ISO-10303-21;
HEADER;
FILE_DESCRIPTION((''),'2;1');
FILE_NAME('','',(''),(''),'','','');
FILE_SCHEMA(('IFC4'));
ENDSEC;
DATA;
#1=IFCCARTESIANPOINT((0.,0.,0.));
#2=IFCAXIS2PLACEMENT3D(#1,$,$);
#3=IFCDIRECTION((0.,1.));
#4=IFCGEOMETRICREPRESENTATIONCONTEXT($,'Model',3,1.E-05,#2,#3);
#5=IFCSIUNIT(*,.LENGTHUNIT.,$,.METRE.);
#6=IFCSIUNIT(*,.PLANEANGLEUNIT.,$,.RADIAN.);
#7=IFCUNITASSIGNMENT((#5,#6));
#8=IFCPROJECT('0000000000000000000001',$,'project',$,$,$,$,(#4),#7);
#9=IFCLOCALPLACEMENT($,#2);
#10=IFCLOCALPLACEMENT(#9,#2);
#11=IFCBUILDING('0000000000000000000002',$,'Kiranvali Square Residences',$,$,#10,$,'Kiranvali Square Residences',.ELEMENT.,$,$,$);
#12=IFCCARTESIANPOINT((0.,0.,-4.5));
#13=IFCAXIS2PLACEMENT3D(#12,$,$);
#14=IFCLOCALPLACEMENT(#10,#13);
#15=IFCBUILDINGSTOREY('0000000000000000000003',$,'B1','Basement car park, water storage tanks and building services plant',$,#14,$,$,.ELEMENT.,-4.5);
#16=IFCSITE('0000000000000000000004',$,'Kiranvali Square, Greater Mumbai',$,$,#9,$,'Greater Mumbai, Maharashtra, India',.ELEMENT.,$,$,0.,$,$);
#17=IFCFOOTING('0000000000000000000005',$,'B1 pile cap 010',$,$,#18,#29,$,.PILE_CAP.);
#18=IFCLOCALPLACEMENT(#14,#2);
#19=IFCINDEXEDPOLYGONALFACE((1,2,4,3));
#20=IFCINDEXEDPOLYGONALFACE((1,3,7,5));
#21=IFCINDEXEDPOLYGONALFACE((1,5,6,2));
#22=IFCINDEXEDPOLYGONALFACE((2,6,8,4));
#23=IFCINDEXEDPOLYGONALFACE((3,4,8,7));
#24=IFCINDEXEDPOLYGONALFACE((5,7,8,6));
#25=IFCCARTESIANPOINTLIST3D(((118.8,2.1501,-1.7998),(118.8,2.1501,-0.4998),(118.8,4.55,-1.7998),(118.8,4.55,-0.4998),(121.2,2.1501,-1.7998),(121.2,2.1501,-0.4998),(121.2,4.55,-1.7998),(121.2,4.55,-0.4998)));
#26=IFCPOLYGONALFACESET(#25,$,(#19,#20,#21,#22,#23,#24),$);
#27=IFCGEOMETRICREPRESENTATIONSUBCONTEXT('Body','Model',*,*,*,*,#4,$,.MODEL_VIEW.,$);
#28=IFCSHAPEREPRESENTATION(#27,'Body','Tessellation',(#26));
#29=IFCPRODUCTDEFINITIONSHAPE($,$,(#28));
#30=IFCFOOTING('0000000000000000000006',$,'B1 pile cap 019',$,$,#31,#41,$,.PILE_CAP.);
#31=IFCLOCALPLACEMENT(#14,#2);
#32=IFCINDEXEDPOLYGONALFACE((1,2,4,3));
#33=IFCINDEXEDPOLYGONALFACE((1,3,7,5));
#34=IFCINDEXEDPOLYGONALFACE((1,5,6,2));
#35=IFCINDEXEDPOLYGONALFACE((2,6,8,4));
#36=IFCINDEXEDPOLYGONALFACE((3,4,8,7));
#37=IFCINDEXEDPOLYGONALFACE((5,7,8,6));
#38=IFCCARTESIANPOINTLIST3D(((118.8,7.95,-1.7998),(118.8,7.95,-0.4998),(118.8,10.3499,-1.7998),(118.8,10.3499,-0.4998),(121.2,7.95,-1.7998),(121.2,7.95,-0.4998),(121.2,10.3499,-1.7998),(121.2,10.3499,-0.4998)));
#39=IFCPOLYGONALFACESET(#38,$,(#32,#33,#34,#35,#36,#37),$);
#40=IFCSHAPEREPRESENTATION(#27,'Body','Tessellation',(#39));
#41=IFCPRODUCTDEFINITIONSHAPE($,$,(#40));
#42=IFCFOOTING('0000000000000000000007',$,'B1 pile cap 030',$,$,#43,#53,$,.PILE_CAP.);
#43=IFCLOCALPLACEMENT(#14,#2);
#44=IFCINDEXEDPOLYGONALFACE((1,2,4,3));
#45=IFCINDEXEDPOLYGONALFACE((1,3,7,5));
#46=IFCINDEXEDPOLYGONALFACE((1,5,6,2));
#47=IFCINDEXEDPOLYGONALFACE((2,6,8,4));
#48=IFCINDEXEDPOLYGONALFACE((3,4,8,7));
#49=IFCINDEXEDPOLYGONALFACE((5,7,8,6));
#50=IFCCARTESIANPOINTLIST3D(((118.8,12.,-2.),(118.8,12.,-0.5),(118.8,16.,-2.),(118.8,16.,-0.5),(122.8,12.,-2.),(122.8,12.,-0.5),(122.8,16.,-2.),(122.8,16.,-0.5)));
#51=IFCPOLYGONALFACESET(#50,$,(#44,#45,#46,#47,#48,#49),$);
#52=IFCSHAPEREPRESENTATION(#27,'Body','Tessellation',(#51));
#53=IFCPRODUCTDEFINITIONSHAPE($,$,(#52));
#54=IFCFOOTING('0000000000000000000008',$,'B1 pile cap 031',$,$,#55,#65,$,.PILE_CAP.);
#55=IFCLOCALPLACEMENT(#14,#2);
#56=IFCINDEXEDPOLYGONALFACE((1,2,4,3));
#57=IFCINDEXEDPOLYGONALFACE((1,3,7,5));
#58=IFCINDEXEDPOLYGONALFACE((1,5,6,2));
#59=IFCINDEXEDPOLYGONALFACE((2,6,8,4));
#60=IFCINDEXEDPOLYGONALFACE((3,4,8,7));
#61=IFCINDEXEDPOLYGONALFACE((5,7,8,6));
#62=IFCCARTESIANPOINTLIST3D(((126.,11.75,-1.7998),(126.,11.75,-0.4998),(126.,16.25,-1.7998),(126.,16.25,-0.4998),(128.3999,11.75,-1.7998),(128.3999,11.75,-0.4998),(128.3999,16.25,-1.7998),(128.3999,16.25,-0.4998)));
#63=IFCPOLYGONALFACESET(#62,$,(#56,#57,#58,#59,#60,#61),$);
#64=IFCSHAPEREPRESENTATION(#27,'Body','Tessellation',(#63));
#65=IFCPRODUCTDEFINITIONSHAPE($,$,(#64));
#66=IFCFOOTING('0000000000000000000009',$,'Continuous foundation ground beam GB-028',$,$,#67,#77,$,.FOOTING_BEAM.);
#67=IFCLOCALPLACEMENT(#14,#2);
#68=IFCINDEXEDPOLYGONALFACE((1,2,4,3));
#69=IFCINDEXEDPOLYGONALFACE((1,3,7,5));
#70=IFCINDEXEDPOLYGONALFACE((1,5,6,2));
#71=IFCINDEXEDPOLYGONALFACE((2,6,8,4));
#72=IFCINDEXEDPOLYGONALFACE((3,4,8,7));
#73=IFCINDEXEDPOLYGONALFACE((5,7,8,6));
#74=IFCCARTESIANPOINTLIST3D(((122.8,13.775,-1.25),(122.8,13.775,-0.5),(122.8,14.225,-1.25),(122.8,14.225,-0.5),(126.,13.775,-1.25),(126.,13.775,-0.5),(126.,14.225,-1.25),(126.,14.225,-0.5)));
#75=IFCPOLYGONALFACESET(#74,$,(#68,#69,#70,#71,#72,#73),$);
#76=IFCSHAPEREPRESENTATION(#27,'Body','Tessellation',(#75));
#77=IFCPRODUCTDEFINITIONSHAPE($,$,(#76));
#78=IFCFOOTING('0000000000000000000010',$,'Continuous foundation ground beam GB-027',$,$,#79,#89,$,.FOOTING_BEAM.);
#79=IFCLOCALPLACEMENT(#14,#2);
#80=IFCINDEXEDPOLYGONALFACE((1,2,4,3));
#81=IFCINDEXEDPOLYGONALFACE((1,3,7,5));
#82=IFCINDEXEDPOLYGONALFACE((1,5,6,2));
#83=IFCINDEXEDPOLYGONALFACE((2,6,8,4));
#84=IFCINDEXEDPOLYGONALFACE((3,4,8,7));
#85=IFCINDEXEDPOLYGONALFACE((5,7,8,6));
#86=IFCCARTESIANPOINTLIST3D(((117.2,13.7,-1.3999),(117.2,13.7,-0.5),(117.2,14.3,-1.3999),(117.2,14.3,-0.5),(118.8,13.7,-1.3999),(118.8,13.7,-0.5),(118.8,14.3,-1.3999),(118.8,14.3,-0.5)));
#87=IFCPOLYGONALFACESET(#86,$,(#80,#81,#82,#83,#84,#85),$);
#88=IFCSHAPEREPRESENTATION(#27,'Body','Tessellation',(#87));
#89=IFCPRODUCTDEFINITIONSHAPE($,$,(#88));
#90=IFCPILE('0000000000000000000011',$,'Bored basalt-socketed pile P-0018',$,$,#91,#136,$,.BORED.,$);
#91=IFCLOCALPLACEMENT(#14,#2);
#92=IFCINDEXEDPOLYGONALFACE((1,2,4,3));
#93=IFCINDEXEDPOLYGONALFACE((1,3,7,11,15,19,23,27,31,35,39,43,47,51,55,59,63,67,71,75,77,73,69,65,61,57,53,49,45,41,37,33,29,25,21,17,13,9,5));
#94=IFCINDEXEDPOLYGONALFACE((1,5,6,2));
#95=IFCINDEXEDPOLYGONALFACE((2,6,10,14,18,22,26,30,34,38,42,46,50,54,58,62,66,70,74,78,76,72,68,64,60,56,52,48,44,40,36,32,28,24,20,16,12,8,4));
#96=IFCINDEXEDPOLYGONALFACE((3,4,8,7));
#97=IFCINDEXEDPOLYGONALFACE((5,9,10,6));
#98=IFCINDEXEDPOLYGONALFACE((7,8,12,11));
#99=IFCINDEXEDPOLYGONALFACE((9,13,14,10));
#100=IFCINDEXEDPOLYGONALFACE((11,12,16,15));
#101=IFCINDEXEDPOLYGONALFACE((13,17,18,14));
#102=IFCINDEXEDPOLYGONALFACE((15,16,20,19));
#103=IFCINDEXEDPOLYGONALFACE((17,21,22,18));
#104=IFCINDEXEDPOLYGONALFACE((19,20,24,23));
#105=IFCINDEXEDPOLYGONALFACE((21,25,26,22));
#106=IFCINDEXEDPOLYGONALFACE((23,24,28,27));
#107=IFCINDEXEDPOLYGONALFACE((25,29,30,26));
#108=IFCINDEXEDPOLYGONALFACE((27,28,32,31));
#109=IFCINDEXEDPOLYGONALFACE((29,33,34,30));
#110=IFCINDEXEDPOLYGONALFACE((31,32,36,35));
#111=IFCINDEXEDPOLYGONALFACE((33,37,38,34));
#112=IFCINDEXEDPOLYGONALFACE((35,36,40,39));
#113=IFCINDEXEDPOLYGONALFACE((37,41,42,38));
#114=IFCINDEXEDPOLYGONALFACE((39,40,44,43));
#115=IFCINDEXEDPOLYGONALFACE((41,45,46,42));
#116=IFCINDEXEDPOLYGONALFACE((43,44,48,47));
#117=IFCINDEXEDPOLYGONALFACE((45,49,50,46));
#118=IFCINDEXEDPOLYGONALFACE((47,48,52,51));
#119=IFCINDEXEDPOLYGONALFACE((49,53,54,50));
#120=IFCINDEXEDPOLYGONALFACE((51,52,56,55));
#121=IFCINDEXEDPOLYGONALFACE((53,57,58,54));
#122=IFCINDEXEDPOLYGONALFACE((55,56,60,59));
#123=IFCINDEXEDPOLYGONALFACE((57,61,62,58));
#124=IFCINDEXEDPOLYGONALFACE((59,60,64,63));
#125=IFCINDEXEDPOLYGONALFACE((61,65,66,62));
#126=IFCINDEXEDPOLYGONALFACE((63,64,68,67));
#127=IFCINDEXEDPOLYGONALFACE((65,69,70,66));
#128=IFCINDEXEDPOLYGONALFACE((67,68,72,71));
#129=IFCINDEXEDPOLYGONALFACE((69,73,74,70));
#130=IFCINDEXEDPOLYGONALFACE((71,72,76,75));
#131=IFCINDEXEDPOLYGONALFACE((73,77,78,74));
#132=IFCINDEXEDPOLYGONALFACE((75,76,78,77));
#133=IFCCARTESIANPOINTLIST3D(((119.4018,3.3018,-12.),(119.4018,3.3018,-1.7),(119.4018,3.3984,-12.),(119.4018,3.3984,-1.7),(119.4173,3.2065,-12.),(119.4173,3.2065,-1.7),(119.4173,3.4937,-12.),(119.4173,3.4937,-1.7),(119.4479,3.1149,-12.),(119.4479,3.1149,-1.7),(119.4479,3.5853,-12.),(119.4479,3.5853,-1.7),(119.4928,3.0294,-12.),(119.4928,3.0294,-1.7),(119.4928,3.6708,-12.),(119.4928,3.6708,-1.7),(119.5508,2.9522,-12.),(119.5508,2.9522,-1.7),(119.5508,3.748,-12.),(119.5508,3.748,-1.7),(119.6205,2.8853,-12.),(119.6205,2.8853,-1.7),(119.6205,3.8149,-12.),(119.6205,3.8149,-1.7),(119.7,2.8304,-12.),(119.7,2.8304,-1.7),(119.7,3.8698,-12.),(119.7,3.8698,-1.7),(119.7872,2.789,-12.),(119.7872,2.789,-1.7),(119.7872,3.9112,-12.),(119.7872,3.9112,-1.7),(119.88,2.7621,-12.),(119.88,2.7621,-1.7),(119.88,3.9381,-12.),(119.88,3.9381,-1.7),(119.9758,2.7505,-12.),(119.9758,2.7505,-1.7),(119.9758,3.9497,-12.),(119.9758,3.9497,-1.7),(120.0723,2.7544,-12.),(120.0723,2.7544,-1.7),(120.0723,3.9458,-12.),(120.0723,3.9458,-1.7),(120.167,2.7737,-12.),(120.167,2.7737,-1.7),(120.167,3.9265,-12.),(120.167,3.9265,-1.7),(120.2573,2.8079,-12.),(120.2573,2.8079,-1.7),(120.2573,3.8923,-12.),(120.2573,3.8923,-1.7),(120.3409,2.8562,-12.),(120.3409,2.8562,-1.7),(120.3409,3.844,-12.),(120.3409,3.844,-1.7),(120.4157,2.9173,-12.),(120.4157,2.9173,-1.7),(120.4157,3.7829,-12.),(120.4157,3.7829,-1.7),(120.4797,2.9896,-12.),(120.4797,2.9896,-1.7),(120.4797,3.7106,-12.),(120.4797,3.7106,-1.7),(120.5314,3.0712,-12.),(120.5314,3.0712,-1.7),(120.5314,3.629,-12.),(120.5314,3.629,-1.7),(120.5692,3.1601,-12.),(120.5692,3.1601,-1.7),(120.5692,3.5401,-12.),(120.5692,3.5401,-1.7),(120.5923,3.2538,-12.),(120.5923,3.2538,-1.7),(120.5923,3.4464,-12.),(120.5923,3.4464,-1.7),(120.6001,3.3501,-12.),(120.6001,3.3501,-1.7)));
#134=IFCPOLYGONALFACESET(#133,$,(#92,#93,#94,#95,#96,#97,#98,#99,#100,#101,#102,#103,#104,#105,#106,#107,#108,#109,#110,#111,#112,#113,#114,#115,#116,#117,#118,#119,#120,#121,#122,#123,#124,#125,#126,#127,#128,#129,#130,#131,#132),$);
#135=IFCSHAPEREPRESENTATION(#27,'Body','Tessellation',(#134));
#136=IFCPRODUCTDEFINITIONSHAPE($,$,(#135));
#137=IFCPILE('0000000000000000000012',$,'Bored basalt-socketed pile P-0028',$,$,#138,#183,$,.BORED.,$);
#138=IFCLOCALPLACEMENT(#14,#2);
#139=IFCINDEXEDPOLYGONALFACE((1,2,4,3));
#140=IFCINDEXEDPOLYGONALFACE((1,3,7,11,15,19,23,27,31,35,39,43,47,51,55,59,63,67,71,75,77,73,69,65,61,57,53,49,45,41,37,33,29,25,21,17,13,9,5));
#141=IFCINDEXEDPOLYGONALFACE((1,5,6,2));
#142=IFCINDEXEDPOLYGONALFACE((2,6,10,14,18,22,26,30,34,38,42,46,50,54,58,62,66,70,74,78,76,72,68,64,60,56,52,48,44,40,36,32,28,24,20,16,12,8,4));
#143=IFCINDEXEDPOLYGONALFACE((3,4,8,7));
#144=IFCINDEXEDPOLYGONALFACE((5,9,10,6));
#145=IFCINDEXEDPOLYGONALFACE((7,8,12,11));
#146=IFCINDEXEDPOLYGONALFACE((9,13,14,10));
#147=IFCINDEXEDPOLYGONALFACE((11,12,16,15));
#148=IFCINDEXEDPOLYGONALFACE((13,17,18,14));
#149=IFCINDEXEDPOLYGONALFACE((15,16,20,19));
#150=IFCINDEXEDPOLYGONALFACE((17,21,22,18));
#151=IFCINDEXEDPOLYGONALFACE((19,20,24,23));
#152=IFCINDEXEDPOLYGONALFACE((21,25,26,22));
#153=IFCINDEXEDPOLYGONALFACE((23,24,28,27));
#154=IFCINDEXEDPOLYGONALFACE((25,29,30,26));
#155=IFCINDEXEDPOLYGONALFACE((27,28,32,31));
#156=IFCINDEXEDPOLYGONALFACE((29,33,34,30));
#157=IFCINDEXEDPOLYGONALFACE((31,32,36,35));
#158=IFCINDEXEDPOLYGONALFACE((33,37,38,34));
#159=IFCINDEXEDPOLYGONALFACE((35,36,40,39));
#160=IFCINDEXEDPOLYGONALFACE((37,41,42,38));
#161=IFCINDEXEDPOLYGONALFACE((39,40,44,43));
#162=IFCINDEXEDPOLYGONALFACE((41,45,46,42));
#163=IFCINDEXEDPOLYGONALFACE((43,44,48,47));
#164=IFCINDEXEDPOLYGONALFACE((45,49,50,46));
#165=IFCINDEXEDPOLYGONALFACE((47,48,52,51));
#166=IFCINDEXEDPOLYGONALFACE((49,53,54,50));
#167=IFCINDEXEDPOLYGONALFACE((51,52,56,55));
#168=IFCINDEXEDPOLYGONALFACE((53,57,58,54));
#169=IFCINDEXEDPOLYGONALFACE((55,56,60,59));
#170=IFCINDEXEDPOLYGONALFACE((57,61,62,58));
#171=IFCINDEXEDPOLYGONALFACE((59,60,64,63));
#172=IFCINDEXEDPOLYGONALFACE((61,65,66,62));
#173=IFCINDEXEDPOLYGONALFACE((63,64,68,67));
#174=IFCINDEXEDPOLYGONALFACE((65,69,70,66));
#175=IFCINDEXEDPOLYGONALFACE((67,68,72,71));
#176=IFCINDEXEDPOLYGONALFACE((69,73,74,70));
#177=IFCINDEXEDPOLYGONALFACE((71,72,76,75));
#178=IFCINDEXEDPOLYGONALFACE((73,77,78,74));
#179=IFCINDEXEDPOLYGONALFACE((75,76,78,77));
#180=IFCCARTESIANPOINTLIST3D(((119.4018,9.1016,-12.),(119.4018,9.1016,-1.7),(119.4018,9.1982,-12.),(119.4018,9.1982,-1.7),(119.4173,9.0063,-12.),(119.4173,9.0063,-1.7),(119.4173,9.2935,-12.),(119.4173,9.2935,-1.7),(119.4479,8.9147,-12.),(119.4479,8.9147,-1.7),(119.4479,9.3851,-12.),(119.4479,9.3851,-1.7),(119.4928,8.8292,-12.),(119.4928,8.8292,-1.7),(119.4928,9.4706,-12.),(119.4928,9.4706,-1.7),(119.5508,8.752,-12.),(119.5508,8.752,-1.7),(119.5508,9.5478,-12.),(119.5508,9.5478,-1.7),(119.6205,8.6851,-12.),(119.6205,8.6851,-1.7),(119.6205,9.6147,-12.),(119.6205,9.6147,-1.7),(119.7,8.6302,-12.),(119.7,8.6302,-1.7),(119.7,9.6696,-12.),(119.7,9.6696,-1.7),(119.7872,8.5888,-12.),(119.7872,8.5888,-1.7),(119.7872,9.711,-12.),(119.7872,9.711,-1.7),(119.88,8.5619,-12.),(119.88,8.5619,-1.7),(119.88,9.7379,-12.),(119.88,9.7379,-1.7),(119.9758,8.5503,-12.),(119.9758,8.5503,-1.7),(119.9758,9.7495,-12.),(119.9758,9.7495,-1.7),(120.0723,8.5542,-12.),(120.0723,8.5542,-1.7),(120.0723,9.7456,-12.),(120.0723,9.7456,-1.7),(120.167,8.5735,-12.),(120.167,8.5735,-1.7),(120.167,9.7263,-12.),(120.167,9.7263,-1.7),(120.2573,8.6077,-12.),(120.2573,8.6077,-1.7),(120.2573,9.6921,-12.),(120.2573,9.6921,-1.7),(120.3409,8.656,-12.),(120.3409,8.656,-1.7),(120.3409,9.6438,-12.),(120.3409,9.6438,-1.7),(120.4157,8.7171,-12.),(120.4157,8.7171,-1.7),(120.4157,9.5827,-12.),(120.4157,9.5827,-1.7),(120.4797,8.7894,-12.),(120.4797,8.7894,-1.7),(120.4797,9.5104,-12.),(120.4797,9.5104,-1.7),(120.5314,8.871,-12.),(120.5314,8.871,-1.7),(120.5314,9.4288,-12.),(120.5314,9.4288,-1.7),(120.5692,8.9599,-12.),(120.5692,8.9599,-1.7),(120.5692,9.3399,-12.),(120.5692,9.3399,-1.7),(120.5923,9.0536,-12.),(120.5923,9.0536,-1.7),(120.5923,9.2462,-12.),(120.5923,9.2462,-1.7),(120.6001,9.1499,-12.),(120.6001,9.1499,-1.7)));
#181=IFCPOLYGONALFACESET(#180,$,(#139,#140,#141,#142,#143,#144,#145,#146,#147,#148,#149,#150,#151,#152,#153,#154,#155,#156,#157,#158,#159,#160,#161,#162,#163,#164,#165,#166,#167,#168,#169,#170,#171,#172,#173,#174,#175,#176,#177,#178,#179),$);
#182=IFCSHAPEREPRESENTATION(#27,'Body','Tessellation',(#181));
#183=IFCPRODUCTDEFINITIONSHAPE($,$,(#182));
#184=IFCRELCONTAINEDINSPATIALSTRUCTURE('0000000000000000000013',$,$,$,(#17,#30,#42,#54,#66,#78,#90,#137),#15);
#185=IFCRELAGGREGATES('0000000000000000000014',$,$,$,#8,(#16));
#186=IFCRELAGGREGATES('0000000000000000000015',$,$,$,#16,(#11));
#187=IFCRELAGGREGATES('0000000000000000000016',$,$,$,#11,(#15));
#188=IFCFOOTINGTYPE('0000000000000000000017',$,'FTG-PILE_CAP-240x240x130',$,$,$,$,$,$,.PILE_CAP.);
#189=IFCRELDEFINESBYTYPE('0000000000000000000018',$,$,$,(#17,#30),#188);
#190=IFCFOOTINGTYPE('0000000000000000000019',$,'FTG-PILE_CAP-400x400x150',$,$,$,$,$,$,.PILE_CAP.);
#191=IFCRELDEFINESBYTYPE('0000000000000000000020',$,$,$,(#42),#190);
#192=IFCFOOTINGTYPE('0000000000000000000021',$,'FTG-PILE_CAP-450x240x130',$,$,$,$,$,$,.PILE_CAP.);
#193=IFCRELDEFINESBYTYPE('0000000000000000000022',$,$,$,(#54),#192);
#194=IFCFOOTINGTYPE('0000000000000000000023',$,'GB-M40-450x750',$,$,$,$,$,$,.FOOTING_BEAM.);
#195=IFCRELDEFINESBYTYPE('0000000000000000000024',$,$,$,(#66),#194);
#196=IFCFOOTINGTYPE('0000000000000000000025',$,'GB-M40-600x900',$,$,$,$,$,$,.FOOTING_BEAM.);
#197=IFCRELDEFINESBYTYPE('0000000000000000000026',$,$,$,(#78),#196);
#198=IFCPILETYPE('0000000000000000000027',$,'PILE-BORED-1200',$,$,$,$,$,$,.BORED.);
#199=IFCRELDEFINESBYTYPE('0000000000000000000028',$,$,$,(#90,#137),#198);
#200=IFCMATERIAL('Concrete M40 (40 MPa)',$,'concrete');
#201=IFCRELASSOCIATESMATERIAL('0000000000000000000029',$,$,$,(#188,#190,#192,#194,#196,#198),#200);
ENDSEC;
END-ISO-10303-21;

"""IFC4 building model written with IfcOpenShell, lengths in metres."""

from ifc_helpers import new_model, si_unit, direction, frame, origin, origin_2d, place, context, subcontext, project, spatial, rectangle, circle, extrude, material, material_profile, profile_set, type_object, element, save


model = new_model("IFC4")

# Units and contexts
model_context = context("Model", 3, precision=1e-05, world=origin(), true_north=direction((0.0, 1.0)))
body_context = subcontext(model_context, "Body", "Model", "MODEL_VIEW")
ifc_project = project(units=[si_unit("LENGTHUNIT", "METRE"), si_unit("PLANEANGLEUNIT", "RADIAN")], contexts=[model_context])

# Site, building, storey
site_placement = place(None, origin())
site = spatial("IfcSite", under=ifc_project, at=site_placement, Name="Kiranvali Square, Greater Mumbai", LongName="Greater Mumbai, Maharashtra, India", CompositionType="ELEMENT", RefElevation=0.0)
building_placement = place(site_placement, origin())
building = spatial("IfcBuilding", under=site, at=building_placement, Name="Kiranvali Square Residences", LongName="Kiranvali Square Residences", CompositionType="ELEMENT")
storey_placement = place(building_placement, frame((0.0, 0.0, -4.5)))
storey = spatial("IfcBuildingStorey", under=building, at=storey_placement, Name="B1", Description="Basement car park, water storage tanks and building services plant", CompositionType="ELEMENT", Elevation=-4.5)

# Footings
ifc_material_1 = material(Name="Concrete M40 (40 MPa)", Category="concrete")
footing_type_1 = type_object("IfcFootingType", Name="FTG-PILE_CAP-240x240x130", PredefinedType="PILE_CAP", material=ifc_material_1)
for number, where, z_axis, x_axis, name in (
    (1, (120.0, 3.3501, -1.7998), (0.0, 0.0, 1.0), (1.0, 0.0, 0.0), "B1 pile cap 010"),
    (2, (120.0, 9.1499, -1.7998), (0.0, 0.0, 1.0), (1.0, 0.0, 0.0), "B1 pile cap 019"),
):
    element("IfcFooting", number, at=place(storey_placement, frame(where, z_axis=z_axis, x_axis=x_axis)), inside=storey, type_object=footing_type_1, Name=name, PredefinedType="PILE_CAP", context=body_context, shape_type="SweptSolid", body=[
        extrude(rectangle(XDim=2.3999, YDim=2.3999, at=origin_2d()), origin(), (0.0, 0.0, 1.0), 1.3),
    ])
footing_type_2 = type_object("IfcFootingType", Name="FTG-PILE_CAP-400x400x150", PredefinedType="PILE_CAP", material=ifc_material_1)
footing_1_placement = place(storey_placement, frame((120.8, 14.0, -2.0), z_axis=(0.0, 0.0, 1.0), x_axis=(1.0, 0.0, 0.0)))
element("IfcFooting", 3, at=footing_1_placement, inside=storey, type_object=footing_type_2, Name="B1 pile cap 030", PredefinedType="PILE_CAP", context=body_context, shape_type="SweptSolid", body=[
    extrude(rectangle(XDim=4.0, YDim=4.0, at=origin_2d()), origin(), (0.0, 0.0, 1.0), 1.5),
])
footing_type_3 = type_object("IfcFootingType", Name="FTG-PILE_CAP-450x240x130", PredefinedType="PILE_CAP", material=ifc_material_1)
footing_2_placement = place(storey_placement, frame((127.2, 14.0, -1.7998), z_axis=(0.0, 0.0, 1.0), x_axis=(0.0, 1.0, 0.0)))
element("IfcFooting", 4, at=footing_2_placement, inside=storey, type_object=footing_type_3, Name="B1 pile cap 031", PredefinedType="PILE_CAP", context=body_context, shape_type="SweptSolid", body=[
    extrude(rectangle(XDim=4.5, YDim=2.3999, at=origin_2d()), origin(), (0.0, 0.0, 1.0), 1.3),
])
ifc_material_profile_1 = material_profile(ifc_material_1, rectangle(XDim=0.45, YDim=0.75, at=origin_2d()), Name="GB 450x750")
ifc_profile_set_1 = profile_set([ifc_material_profile_1], Name="Concrete M40 (40 MPa)")
footing_type_4 = type_object("IfcFootingType", Name="GB-M40-450x750", PredefinedType="FOOTING_BEAM", material=ifc_profile_set_1)
footing_3_placement = place(storey_placement, frame((122.8, 14.0, -0.875), z_axis=(1.0, 0.0, 0.0), x_axis=(0.0, 1.0, 0.0)))
element("IfcFooting", 5, at=footing_3_placement, inside=storey, type_object=footing_type_4, Name="Continuous foundation ground beam GB-028", PredefinedType="FOOTING_BEAM", context=body_context, shape_type="SweptSolid", body=[
    extrude(rectangle(XDim=0.45, YDim=0.75, at=origin_2d()), origin(), (0.0, 0.0, 1.0), 3.2),
])
ifc_material_profile_2 = material_profile(ifc_material_1, rectangle(XDim=0.6001, YDim=0.8999, at=origin_2d()), Name="GB 600x900")
ifc_profile_set_2 = profile_set([ifc_material_profile_2], Name="Concrete M40 (40 MPa)")
footing_type_5 = type_object("IfcFootingType", Name="GB-M40-600x900", PredefinedType="FOOTING_BEAM", material=ifc_profile_set_2)
footing_4_placement = place(storey_placement, frame((117.2, 14.0, -0.95), z_axis=(1.0, 0.0, 0.0), x_axis=(0.0, 1.0, 0.0)))
element("IfcFooting", 6, at=footing_4_placement, inside=storey, type_object=footing_type_5, Name="Continuous foundation ground beam GB-027", PredefinedType="FOOTING_BEAM", context=body_context, shape_type="SweptSolid", body=[
    extrude(rectangle(XDim=0.6001, YDim=0.8999, at=origin_2d()), origin(), (0.0, 0.0, 1.0), 1.6001),
])

# Piles
ifc_material_profile_3 = material_profile(ifc_material_1, circle(Radius=0.6001, at=origin_2d()), Name="BORED PILE 1200")
ifc_profile_set_3 = profile_set([ifc_material_profile_3], Name="Concrete M40 (40 MPa)")
pile_type_1 = type_object("IfcPileType", Name="PILE-BORED-1200", PredefinedType="BORED", material=ifc_profile_set_3)
for number, where, z_axis, x_axis, name in (
    (7, (120.0, 3.3501, -1.7), (0.0, 0.0, -1.0), (1.0, 0.0, 0.0), "Bored basalt-socketed pile P-0018"),
    (8, (120.0, 9.1499, -1.7), (0.0, 0.0, -1.0), (1.0, 0.0, 0.0), "Bored basalt-socketed pile P-0028"),
):
    element("IfcPile", number, at=place(storey_placement, frame(where, z_axis=z_axis, x_axis=x_axis)), inside=storey, type_object=pile_type_1, Name=name, PredefinedType="BORED", context=body_context, shape_type="SweptSolid", body=[
        extrude(circle(Radius=0.6001, at=origin_2d()), origin(), (0.0, 0.0, 1.0), 10.3),
    ])

save(model, "model.ifc")
